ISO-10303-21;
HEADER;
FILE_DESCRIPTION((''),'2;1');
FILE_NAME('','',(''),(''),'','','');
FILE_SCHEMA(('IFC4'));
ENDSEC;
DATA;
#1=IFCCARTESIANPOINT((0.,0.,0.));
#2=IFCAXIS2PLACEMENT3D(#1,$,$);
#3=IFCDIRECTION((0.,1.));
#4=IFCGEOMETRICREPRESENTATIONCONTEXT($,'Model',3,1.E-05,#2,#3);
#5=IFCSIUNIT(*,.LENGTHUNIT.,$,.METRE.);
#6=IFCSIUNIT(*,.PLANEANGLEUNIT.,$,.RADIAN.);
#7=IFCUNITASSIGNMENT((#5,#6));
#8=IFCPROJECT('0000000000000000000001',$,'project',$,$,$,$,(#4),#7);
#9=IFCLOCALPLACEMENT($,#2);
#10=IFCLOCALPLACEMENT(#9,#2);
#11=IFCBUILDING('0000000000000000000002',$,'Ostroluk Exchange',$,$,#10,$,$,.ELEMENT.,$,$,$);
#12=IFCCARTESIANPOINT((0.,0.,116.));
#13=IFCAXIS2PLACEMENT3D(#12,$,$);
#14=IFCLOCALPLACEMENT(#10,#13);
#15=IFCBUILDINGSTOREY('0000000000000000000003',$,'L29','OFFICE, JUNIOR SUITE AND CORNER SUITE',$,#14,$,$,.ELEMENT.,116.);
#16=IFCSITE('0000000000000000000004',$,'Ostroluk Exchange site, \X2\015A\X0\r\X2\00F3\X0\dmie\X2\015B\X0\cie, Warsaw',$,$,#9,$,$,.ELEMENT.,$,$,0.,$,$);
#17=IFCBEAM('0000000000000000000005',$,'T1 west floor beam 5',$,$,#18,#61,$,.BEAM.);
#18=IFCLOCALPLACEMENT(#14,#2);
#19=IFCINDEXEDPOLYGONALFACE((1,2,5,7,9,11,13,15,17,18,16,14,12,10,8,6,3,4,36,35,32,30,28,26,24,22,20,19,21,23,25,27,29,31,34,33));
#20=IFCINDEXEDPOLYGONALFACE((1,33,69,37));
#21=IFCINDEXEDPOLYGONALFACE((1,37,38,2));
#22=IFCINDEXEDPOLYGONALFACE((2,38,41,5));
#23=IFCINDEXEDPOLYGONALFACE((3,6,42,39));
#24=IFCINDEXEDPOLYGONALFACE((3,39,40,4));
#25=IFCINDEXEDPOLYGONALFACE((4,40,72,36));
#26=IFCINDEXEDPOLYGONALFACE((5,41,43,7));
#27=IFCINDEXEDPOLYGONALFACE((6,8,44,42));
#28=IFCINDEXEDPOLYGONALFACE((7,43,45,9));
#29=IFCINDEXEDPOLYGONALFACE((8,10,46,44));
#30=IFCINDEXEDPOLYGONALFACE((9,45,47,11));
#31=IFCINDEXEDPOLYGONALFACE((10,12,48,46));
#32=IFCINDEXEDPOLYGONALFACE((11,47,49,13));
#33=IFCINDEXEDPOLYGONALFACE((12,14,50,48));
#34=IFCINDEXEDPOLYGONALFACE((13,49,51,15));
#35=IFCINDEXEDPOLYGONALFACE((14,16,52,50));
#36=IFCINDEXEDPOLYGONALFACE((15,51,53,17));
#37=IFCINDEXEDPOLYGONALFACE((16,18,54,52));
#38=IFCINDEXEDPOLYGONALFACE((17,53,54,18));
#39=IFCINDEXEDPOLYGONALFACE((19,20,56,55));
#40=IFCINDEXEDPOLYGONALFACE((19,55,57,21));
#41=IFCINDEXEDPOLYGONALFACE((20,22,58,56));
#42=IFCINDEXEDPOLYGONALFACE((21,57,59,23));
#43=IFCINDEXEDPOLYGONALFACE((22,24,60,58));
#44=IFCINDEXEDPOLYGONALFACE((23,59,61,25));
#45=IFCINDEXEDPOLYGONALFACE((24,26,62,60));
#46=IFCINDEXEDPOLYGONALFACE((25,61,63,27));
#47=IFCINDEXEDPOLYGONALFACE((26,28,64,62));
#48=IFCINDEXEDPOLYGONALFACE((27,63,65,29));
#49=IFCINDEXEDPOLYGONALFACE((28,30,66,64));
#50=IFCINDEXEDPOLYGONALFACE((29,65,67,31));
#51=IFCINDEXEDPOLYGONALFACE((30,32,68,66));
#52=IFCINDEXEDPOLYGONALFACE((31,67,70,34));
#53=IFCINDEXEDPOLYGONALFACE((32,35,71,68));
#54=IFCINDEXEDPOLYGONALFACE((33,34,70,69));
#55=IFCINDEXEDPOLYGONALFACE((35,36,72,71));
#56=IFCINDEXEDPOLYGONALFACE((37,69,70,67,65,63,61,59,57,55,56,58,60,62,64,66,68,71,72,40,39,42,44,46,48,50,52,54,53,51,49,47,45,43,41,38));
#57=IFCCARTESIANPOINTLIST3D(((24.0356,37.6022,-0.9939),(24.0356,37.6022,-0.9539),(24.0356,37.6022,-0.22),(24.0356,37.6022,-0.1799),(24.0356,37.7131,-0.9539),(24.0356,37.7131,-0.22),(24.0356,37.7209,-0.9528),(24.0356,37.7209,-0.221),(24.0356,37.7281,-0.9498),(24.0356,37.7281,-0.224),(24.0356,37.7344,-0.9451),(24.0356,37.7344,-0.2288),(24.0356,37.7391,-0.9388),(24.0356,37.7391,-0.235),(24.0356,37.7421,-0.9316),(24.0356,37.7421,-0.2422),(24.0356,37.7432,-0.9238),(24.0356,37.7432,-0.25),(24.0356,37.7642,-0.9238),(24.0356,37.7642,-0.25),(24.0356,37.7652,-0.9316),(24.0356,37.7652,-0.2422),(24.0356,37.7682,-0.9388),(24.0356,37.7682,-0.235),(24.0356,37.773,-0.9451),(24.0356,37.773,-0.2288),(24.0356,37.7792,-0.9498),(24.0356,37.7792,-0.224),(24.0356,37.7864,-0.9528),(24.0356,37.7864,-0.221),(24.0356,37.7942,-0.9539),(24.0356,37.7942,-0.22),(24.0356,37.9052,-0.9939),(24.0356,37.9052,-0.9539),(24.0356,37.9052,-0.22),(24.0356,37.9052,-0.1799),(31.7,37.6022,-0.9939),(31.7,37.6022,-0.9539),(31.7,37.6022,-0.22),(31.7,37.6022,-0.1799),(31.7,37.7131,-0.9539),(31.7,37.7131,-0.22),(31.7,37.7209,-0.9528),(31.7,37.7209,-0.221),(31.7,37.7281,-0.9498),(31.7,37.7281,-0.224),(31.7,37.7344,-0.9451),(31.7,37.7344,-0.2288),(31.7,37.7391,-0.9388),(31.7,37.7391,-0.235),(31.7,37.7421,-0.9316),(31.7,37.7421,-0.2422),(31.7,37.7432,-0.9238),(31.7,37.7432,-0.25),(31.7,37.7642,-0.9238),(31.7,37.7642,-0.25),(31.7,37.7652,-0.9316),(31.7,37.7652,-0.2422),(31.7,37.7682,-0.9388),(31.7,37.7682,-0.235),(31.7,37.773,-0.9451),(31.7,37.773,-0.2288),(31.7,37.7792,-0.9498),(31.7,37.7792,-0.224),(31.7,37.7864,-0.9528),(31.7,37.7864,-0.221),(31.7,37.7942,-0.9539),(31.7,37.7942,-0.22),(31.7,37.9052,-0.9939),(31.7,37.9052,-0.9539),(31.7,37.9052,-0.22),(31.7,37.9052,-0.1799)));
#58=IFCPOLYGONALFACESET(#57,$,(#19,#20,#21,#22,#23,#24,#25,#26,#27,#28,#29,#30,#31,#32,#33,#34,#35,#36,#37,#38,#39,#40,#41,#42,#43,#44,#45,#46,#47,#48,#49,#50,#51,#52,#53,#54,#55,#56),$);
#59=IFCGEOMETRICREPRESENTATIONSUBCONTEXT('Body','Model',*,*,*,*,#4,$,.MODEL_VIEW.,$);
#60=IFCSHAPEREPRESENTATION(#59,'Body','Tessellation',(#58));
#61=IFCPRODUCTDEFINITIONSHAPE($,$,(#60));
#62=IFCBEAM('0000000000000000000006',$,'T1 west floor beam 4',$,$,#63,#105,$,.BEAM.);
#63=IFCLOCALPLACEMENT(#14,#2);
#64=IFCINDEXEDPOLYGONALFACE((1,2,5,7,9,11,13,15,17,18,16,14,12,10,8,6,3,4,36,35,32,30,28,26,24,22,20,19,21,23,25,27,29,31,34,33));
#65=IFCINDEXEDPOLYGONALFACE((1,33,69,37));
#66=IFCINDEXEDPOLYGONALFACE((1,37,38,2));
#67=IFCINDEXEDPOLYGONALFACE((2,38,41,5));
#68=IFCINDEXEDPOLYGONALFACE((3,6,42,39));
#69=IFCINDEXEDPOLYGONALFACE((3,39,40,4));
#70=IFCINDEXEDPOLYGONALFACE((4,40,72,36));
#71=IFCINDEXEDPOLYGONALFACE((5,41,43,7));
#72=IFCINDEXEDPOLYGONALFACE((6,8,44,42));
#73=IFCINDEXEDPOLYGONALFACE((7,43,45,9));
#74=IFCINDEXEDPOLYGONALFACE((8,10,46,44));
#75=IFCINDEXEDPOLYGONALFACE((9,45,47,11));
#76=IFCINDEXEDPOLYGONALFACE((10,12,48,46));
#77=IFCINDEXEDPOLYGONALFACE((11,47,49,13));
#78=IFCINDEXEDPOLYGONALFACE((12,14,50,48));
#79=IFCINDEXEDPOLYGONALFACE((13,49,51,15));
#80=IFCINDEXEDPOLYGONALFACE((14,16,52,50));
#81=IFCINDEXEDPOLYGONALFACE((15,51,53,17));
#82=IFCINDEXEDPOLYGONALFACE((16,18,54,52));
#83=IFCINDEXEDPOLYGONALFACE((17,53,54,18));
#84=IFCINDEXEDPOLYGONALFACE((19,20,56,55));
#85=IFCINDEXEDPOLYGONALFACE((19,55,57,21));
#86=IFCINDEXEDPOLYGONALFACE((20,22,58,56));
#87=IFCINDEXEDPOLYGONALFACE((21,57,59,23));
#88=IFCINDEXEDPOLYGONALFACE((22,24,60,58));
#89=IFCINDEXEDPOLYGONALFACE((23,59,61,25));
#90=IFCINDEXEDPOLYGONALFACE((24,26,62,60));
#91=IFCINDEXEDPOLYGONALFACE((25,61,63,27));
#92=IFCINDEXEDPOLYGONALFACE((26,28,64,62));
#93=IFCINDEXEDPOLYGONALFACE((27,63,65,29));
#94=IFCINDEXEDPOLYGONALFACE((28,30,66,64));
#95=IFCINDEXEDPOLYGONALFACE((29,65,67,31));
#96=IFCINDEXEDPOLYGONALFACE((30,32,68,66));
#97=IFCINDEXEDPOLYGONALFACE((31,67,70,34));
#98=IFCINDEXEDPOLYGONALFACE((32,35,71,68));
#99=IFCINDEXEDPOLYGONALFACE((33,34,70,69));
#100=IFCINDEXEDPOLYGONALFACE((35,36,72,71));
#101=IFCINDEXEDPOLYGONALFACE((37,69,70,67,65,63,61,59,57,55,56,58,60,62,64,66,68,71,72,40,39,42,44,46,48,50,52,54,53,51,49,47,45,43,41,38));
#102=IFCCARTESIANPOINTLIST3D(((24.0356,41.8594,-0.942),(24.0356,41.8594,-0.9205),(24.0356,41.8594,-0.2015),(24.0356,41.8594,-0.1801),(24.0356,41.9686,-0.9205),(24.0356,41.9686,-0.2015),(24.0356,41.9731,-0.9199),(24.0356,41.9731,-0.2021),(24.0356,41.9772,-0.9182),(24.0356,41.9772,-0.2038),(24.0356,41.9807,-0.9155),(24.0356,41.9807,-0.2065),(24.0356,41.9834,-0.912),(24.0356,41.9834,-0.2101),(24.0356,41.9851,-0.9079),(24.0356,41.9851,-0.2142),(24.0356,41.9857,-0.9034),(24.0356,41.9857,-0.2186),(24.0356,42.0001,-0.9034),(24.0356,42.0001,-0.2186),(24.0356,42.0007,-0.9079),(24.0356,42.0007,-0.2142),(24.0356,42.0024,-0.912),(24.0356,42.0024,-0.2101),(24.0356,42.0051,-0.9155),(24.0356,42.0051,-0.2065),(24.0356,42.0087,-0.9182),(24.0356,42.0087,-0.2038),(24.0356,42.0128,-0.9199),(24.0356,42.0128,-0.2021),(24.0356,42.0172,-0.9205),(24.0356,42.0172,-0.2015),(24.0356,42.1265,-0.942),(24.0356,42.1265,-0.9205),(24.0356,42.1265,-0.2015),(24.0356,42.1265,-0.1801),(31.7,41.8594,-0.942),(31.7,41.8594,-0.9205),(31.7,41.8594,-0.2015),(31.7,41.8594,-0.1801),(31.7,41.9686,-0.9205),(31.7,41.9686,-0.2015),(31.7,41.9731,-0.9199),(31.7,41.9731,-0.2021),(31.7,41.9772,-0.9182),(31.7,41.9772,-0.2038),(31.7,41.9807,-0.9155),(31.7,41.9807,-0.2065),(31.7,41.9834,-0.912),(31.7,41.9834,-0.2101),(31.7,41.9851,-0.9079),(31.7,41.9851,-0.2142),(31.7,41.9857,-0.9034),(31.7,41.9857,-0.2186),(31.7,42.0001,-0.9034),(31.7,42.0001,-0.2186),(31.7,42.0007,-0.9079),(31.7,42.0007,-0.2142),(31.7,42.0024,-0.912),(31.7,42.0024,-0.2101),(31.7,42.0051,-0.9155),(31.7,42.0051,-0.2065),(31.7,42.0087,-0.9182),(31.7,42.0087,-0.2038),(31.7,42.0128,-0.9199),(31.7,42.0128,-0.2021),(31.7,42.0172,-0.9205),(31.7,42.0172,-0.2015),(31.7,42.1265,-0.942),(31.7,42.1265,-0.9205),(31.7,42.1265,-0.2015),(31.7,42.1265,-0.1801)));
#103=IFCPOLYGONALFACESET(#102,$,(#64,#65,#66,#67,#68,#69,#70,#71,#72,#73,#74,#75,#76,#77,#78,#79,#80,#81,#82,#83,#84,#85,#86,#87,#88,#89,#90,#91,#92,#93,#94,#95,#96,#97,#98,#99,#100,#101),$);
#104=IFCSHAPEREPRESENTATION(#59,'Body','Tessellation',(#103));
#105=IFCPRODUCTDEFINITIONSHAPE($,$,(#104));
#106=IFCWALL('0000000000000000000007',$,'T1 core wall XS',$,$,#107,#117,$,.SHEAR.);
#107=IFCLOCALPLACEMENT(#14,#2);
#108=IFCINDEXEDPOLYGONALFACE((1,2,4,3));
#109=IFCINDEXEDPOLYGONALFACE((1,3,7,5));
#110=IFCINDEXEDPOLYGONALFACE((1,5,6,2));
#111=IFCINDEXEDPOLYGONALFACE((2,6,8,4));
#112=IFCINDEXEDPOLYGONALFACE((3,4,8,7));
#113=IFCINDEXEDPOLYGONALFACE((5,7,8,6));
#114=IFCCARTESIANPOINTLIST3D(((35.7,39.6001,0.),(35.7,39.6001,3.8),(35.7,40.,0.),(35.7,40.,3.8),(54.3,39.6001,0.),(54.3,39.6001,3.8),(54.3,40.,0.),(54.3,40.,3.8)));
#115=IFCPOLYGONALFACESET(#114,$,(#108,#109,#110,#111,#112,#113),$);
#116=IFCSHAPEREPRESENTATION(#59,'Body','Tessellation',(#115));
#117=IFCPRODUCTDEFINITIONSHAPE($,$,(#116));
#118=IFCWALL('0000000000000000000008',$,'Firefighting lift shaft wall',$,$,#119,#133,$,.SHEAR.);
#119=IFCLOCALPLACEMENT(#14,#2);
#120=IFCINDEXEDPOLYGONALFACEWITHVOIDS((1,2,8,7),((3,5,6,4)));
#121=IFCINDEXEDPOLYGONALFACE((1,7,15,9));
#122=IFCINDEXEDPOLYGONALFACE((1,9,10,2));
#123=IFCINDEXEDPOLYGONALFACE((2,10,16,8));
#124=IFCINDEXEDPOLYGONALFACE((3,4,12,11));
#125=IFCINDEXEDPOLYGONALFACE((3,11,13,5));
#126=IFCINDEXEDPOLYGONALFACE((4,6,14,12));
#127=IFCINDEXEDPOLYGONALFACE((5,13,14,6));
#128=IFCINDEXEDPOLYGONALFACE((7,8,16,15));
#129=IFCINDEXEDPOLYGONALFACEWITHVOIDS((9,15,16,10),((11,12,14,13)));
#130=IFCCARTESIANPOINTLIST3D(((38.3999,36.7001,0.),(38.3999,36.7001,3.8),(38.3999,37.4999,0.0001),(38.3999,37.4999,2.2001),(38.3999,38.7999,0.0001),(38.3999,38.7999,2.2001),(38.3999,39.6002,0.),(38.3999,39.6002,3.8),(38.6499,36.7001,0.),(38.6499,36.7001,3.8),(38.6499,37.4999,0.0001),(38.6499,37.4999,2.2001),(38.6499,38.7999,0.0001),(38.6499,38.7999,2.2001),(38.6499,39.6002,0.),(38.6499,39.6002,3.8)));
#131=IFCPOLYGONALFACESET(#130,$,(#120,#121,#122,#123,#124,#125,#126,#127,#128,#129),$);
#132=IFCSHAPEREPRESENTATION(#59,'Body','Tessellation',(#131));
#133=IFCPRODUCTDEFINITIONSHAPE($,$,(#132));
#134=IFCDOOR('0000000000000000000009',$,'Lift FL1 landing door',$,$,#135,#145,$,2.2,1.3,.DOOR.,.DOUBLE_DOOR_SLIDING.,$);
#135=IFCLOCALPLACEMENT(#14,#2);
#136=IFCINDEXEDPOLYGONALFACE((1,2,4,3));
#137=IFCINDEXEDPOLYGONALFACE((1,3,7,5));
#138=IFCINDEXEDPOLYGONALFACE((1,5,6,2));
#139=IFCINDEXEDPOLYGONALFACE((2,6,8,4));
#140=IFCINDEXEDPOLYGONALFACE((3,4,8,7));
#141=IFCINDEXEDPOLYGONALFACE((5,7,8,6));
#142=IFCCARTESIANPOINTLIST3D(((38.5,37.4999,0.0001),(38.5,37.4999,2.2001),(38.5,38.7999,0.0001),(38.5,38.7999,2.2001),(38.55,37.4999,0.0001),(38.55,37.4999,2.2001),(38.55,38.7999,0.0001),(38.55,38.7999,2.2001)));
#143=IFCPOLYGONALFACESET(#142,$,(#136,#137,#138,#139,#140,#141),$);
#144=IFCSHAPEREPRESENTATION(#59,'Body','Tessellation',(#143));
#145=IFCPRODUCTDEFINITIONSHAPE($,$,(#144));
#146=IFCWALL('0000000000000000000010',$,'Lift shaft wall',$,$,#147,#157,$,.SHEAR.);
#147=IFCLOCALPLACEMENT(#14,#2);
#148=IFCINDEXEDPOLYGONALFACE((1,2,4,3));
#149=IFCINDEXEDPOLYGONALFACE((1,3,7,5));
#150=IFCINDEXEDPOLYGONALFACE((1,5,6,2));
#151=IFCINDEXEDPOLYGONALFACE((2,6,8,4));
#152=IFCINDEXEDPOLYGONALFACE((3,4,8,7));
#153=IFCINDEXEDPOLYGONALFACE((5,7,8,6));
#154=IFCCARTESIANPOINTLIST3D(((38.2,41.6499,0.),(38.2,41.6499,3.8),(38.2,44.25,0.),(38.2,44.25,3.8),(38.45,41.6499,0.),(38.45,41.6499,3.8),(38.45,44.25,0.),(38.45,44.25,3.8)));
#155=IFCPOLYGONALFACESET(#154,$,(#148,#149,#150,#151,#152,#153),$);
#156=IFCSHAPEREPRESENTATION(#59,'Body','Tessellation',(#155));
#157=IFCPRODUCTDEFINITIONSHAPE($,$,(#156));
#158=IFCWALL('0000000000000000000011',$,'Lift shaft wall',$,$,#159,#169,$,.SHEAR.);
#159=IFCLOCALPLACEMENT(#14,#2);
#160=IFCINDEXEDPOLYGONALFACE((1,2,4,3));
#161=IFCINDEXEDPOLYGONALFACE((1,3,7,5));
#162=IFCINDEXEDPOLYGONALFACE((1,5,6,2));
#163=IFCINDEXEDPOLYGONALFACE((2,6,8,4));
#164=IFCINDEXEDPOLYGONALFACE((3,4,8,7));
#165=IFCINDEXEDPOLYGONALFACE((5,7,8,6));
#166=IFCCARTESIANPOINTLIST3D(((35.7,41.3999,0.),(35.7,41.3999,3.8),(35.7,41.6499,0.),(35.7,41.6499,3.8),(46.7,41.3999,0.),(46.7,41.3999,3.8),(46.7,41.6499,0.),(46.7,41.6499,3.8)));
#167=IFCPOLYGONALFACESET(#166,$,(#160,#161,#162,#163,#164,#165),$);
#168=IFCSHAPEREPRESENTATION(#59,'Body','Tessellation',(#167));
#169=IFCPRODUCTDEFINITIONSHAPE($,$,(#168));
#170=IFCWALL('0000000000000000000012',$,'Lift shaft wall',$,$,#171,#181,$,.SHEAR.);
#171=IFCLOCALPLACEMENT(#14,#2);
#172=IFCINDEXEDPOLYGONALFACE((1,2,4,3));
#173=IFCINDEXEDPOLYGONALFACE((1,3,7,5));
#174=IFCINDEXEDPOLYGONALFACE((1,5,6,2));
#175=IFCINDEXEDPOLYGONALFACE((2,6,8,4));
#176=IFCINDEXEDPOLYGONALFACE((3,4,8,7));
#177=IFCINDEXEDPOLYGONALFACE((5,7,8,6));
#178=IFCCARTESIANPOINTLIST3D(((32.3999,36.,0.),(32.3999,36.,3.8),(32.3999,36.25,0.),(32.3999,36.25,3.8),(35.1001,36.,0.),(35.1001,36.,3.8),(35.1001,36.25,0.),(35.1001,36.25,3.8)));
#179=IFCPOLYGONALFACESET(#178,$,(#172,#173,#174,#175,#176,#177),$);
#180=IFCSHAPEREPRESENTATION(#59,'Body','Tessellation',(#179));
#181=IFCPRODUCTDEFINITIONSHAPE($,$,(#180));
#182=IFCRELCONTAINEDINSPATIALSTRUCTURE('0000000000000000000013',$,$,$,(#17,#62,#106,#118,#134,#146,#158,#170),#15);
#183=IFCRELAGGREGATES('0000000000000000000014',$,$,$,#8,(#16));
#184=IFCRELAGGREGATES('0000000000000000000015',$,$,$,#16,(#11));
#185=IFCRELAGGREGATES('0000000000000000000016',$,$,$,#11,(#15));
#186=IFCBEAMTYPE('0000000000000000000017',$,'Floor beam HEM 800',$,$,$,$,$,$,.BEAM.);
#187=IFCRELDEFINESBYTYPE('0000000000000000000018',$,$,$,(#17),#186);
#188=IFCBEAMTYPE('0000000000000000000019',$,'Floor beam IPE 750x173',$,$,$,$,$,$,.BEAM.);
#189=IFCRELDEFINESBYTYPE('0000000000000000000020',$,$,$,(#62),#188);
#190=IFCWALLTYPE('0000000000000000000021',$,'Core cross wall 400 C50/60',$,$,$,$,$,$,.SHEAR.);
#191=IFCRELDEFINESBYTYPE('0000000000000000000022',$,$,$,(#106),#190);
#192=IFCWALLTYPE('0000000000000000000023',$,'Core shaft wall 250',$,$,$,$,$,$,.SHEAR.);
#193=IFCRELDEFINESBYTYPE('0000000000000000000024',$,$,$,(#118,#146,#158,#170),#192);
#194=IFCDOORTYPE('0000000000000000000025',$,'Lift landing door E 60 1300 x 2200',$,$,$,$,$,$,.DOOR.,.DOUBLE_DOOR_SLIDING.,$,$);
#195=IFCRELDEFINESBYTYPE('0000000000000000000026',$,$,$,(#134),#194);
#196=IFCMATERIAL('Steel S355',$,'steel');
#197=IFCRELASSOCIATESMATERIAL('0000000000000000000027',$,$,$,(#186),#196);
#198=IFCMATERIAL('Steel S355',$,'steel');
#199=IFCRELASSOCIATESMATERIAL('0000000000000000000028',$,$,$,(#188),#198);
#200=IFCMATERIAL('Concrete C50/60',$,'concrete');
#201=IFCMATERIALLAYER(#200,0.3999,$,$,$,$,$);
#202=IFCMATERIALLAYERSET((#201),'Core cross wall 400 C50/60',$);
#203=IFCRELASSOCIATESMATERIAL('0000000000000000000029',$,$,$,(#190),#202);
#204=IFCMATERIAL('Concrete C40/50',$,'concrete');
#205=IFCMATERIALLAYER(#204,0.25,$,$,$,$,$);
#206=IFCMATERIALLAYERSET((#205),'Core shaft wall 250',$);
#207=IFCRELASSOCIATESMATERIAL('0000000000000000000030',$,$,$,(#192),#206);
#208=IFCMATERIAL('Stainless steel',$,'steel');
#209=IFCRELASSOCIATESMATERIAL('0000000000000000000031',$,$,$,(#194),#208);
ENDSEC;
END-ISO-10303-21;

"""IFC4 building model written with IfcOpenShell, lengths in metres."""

from ifc_helpers import new_model, si_unit, direction, frame, frame_2d, origin, origin_2d, place, context, subcontext, project, spatial, rectangle, i_section, extrude, material, layer, layer_set, material_profile, profile_set, type_object, element, fill, save


model = new_model("IFC4")

# Units and contexts
model_context = context("Model", 3, precision=1e-05, world=origin(), true_north=direction((0.0, 1.0)))
body_context = subcontext(model_context, "Body", "Model", "MODEL_VIEW")
ifc_project = project(units=[si_unit("LENGTHUNIT", "METRE"), si_unit("PLANEANGLEUNIT", "RADIAN")], contexts=[model_context])

# Site, building, storey
site_placement = place(None, origin())
site = spatial("IfcSite", under=ifc_project, at=site_placement, Name="Ostroluk Exchange site, Śródmieście, Warsaw", CompositionType="ELEMENT", RefElevation=0.0)
building_placement = place(site_placement, origin())
building = spatial("IfcBuilding", under=site, at=building_placement, Name="Ostroluk Exchange", CompositionType="ELEMENT")
storey_placement = place(building_placement, frame((0.0, 0.0, 116.0)))
storey = spatial("IfcBuildingStorey", under=building, at=storey_placement, Name="L29", Description="OFFICE, JUNIOR SUITE AND CORNER SUITE", CompositionType="ELEMENT", Elevation=116.0)

# Beams
ifc_material_1 = material(Name="Steel S355", Category="steel")
ifc_material_profile_1 = material_profile(ifc_material_1, i_section(OverallWidth=0.303, OverallDepth=0.814, WebThickness=0.021, FlangeThickness=0.04, FilletRadius=0.03, at=origin_2d()), Name="HEM 800")
ifc_profile_set_1 = profile_set([ifc_material_profile_1], Name="Steel S355")
beam_type_1 = type_object("IfcBeamType", Name="Floor beam HEM 800", PredefinedType="BEAM", material=ifc_profile_set_1)
beam_1_placement = place(storey_placement, frame((31.7, 37.7537, -0.5869), z_axis=(-1.0, 0.0, 0.0), x_axis=(0.0, -1.0, 0.0)))
element("IfcBeam", 1, at=beam_1_placement, inside=storey, type_object=beam_type_1, Name="T1 west floor beam 5", PredefinedType="BEAM", context=body_context, shape_type="SweptSolid", body=[
    extrude(i_section(OverallWidth=0.303, OverallDepth=0.814, WebThickness=0.021, FlangeThickness=0.04, FilletRadius=0.03, at=origin_2d()), origin(), (0.0, 0.0, 1.0), 7.6643),
])
ifc_material_2 = material(Name="Steel S355", Category="steel")
ifc_material_profile_2 = material_profile(ifc_material_2, i_section(OverallWidth=0.2671, OverallDepth=0.762, WebThickness=0.0144, FlangeThickness=0.0215, FilletRadius=0.0171, at=origin_2d()), Name="IPE 750x173")
ifc_profile_set_2 = profile_set([ifc_material_profile_2], Name="Steel S355")
beam_type_2 = type_object("IfcBeamType", Name="Floor beam IPE 750x173", PredefinedType="BEAM", material=ifc_profile_set_2)
beam_2_placement = place(storey_placement, frame((31.7, 41.9929, -0.561), z_axis=(-1.0, 0.0, 0.0), x_axis=(0.0, -1.0, 0.0)))
element("IfcBeam", 2, at=beam_2_placement, inside=storey, type_object=beam_type_2, Name="T1 west floor beam 4", PredefinedType="BEAM", context=body_context, shape_type="SweptSolid", body=[
    extrude(i_section(OverallWidth=0.2671, OverallDepth=0.762, WebThickness=0.0144, FlangeThickness=0.0215, FilletRadius=0.0171, at=origin_2d()), origin(), (0.0, 0.0, 1.0), 7.6643),
])

# Wall
ifc_material_3 = material(Name="Concrete C50/60", Category="concrete")
ifc_layer_1 = layer(ifc_material_3, 0.3999)
ifc_layer_set_1 = layer_set([ifc_layer_1], Name="Core cross wall 400 C50/60")
wall_type_1 = type_object("IfcWallType", Name="Core cross wall 400 C50/60", PredefinedType="SHEAR", material=ifc_layer_set_1)
wall_1_placement = place(storey_placement, frame((35.7, 39.8, 0.0), z_axis=(0.0, 0.0, 1.0), x_axis=(1.0, 0.0, 0.0)))
element("IfcWall", 3, at=wall_1_placement, inside=storey, type_object=wall_type_1, Name="T1 core wall XS", PredefinedType="SHEAR", context=body_context, shape_type="SweptSolid", body=[
    extrude(rectangle(XDim=18.6001, YDim=0.3999, at=frame_2d((9.3, 0.0))), origin(), (0.0, 0.0, 1.0), 3.8),
])

# Wall, opening, door
ifc_material_4 = material(Name="Concrete C40/50", Category="concrete")
ifc_layer_2 = layer(ifc_material_4, 0.25)
ifc_layer_set_2 = layer_set([ifc_layer_2], Name="Core shaft wall 250")
wall_type_2 = type_object("IfcWallType", Name="Core shaft wall 250", PredefinedType="SHEAR", material=ifc_layer_set_2)
wall_2_placement = place(storey_placement, frame((38.5249, 36.7, 0.0), z_axis=(0.0, 0.0, 1.0), x_axis=(0.0, 1.0, 0.0)))
wall_2 = element("IfcWall", 4, at=wall_2_placement, inside=storey, type_object=wall_type_2, Name="Firefighting lift shaft wall", PredefinedType="SHEAR", context=body_context, shape_type="SweptSolid", body=[
    extrude(rectangle(XDim=2.9001, YDim=0.25, at=frame_2d((1.4502, 0.0))), origin(), (0.0, 0.0, 1.0), 3.8),
])
opening_1_placement = place(wall_2_placement, frame((0.8, 0.0, 0.0)))
opening_1 = element("IfcOpeningElement", 5, at=opening_1_placement, cuts=wall_2, PredefinedType="OPENING", context=body_context, shape_type="SweptSolid", body=[
    extrude(rectangle(XDim=1.3, YDim=2.2, at=frame_2d((0.6499, 1.1001))), frame((0.0, 0.135, 0.0), z_axis=(0.0, -1.0, 0.0), x_axis=(1.0, 0.0, 0.0)), (0.0, 0.0, 1.0), 0.27),
])
ifc_material_5 = material(Name="Stainless steel", Category="steel")
door_type_1 = type_object("IfcDoorType", Name="Lift landing door E 60 1300 x 2200", OperationType="DOUBLE_DOOR_SLIDING", PredefinedType="DOOR", material=ifc_material_5)
door_1_placement = place(opening_1_placement, origin())
door_1 = element("IfcDoor", 6, at=door_1_placement, inside=storey, type_object=door_type_1, Name="Lift FL1 landing door", OperationType="DOUBLE_DOOR_SLIDING", OverallHeight=2.2, OverallWidth=1.3, PredefinedType="DOOR", context=body_context, shape_type="SweptSolid", body=[
    extrude(rectangle(XDim=1.3, YDim=2.2, at=frame_2d((0.6499, 1.1001))), frame((0.0, 0.0249, 0.0), z_axis=(0.0, -1.0, 0.0), x_axis=(1.0, 0.0, 0.0)), (0.0, 0.0, 1.0), 0.05),
])
fill(opening_1, door_1)

# Walls
wall_3_placement = place(storey_placement, frame((38.325, 44.25, 0.0), z_axis=(0.0, 0.0, 1.0), x_axis=(0.0, -1.0, 0.0)))
element("IfcWall", 7, at=wall_3_placement, inside=storey, type_object=wall_type_2, Name="Lift shaft wall", PredefinedType="SHEAR", context=body_context, shape_type="SweptSolid", body=[
    extrude(rectangle(XDim=2.6001, YDim=0.25, at=frame_2d((1.3, 0.0))), origin(), (0.0, 0.0, 1.0), 3.8),
])
wall_4_placement = place(storey_placement, frame((35.7, 41.5249, 0.0), z_axis=(0.0, 0.0, 1.0), x_axis=(1.0, 0.0, 0.0)))
element("IfcWall", 8, at=wall_4_placement, inside=storey, type_object=wall_type_2, Name="Lift shaft wall", PredefinedType="SHEAR", context=body_context, shape_type="SweptSolid", body=[
    extrude(rectangle(XDim=11.0, YDim=0.25, at=frame_2d((5.5, 0.0))), origin(), (0.0, 0.0, 1.0), 3.8),
])
for number, where, z_axis, x_axis, name in (
    (9, (32.3999, 36.125, 0.0), (0.0, 0.0, 1.0), (1.0, 0.0, 0.0), "Lift shaft wall"),
):
    element("IfcWall", number, at=place(storey_placement, frame(where, z_axis=z_axis, x_axis=x_axis)), inside=storey, type_object=wall_type_2, Name=name, PredefinedType="SHEAR", context=body_context, shape_type="SweptSolid", body=[
        extrude(rectangle(XDim=2.7002, YDim=0.25, at=frame_2d((1.3501, 0.0))), origin(), (0.0, 0.0, 1.0), 3.8),
    ])

save(model, "model.ifc")
